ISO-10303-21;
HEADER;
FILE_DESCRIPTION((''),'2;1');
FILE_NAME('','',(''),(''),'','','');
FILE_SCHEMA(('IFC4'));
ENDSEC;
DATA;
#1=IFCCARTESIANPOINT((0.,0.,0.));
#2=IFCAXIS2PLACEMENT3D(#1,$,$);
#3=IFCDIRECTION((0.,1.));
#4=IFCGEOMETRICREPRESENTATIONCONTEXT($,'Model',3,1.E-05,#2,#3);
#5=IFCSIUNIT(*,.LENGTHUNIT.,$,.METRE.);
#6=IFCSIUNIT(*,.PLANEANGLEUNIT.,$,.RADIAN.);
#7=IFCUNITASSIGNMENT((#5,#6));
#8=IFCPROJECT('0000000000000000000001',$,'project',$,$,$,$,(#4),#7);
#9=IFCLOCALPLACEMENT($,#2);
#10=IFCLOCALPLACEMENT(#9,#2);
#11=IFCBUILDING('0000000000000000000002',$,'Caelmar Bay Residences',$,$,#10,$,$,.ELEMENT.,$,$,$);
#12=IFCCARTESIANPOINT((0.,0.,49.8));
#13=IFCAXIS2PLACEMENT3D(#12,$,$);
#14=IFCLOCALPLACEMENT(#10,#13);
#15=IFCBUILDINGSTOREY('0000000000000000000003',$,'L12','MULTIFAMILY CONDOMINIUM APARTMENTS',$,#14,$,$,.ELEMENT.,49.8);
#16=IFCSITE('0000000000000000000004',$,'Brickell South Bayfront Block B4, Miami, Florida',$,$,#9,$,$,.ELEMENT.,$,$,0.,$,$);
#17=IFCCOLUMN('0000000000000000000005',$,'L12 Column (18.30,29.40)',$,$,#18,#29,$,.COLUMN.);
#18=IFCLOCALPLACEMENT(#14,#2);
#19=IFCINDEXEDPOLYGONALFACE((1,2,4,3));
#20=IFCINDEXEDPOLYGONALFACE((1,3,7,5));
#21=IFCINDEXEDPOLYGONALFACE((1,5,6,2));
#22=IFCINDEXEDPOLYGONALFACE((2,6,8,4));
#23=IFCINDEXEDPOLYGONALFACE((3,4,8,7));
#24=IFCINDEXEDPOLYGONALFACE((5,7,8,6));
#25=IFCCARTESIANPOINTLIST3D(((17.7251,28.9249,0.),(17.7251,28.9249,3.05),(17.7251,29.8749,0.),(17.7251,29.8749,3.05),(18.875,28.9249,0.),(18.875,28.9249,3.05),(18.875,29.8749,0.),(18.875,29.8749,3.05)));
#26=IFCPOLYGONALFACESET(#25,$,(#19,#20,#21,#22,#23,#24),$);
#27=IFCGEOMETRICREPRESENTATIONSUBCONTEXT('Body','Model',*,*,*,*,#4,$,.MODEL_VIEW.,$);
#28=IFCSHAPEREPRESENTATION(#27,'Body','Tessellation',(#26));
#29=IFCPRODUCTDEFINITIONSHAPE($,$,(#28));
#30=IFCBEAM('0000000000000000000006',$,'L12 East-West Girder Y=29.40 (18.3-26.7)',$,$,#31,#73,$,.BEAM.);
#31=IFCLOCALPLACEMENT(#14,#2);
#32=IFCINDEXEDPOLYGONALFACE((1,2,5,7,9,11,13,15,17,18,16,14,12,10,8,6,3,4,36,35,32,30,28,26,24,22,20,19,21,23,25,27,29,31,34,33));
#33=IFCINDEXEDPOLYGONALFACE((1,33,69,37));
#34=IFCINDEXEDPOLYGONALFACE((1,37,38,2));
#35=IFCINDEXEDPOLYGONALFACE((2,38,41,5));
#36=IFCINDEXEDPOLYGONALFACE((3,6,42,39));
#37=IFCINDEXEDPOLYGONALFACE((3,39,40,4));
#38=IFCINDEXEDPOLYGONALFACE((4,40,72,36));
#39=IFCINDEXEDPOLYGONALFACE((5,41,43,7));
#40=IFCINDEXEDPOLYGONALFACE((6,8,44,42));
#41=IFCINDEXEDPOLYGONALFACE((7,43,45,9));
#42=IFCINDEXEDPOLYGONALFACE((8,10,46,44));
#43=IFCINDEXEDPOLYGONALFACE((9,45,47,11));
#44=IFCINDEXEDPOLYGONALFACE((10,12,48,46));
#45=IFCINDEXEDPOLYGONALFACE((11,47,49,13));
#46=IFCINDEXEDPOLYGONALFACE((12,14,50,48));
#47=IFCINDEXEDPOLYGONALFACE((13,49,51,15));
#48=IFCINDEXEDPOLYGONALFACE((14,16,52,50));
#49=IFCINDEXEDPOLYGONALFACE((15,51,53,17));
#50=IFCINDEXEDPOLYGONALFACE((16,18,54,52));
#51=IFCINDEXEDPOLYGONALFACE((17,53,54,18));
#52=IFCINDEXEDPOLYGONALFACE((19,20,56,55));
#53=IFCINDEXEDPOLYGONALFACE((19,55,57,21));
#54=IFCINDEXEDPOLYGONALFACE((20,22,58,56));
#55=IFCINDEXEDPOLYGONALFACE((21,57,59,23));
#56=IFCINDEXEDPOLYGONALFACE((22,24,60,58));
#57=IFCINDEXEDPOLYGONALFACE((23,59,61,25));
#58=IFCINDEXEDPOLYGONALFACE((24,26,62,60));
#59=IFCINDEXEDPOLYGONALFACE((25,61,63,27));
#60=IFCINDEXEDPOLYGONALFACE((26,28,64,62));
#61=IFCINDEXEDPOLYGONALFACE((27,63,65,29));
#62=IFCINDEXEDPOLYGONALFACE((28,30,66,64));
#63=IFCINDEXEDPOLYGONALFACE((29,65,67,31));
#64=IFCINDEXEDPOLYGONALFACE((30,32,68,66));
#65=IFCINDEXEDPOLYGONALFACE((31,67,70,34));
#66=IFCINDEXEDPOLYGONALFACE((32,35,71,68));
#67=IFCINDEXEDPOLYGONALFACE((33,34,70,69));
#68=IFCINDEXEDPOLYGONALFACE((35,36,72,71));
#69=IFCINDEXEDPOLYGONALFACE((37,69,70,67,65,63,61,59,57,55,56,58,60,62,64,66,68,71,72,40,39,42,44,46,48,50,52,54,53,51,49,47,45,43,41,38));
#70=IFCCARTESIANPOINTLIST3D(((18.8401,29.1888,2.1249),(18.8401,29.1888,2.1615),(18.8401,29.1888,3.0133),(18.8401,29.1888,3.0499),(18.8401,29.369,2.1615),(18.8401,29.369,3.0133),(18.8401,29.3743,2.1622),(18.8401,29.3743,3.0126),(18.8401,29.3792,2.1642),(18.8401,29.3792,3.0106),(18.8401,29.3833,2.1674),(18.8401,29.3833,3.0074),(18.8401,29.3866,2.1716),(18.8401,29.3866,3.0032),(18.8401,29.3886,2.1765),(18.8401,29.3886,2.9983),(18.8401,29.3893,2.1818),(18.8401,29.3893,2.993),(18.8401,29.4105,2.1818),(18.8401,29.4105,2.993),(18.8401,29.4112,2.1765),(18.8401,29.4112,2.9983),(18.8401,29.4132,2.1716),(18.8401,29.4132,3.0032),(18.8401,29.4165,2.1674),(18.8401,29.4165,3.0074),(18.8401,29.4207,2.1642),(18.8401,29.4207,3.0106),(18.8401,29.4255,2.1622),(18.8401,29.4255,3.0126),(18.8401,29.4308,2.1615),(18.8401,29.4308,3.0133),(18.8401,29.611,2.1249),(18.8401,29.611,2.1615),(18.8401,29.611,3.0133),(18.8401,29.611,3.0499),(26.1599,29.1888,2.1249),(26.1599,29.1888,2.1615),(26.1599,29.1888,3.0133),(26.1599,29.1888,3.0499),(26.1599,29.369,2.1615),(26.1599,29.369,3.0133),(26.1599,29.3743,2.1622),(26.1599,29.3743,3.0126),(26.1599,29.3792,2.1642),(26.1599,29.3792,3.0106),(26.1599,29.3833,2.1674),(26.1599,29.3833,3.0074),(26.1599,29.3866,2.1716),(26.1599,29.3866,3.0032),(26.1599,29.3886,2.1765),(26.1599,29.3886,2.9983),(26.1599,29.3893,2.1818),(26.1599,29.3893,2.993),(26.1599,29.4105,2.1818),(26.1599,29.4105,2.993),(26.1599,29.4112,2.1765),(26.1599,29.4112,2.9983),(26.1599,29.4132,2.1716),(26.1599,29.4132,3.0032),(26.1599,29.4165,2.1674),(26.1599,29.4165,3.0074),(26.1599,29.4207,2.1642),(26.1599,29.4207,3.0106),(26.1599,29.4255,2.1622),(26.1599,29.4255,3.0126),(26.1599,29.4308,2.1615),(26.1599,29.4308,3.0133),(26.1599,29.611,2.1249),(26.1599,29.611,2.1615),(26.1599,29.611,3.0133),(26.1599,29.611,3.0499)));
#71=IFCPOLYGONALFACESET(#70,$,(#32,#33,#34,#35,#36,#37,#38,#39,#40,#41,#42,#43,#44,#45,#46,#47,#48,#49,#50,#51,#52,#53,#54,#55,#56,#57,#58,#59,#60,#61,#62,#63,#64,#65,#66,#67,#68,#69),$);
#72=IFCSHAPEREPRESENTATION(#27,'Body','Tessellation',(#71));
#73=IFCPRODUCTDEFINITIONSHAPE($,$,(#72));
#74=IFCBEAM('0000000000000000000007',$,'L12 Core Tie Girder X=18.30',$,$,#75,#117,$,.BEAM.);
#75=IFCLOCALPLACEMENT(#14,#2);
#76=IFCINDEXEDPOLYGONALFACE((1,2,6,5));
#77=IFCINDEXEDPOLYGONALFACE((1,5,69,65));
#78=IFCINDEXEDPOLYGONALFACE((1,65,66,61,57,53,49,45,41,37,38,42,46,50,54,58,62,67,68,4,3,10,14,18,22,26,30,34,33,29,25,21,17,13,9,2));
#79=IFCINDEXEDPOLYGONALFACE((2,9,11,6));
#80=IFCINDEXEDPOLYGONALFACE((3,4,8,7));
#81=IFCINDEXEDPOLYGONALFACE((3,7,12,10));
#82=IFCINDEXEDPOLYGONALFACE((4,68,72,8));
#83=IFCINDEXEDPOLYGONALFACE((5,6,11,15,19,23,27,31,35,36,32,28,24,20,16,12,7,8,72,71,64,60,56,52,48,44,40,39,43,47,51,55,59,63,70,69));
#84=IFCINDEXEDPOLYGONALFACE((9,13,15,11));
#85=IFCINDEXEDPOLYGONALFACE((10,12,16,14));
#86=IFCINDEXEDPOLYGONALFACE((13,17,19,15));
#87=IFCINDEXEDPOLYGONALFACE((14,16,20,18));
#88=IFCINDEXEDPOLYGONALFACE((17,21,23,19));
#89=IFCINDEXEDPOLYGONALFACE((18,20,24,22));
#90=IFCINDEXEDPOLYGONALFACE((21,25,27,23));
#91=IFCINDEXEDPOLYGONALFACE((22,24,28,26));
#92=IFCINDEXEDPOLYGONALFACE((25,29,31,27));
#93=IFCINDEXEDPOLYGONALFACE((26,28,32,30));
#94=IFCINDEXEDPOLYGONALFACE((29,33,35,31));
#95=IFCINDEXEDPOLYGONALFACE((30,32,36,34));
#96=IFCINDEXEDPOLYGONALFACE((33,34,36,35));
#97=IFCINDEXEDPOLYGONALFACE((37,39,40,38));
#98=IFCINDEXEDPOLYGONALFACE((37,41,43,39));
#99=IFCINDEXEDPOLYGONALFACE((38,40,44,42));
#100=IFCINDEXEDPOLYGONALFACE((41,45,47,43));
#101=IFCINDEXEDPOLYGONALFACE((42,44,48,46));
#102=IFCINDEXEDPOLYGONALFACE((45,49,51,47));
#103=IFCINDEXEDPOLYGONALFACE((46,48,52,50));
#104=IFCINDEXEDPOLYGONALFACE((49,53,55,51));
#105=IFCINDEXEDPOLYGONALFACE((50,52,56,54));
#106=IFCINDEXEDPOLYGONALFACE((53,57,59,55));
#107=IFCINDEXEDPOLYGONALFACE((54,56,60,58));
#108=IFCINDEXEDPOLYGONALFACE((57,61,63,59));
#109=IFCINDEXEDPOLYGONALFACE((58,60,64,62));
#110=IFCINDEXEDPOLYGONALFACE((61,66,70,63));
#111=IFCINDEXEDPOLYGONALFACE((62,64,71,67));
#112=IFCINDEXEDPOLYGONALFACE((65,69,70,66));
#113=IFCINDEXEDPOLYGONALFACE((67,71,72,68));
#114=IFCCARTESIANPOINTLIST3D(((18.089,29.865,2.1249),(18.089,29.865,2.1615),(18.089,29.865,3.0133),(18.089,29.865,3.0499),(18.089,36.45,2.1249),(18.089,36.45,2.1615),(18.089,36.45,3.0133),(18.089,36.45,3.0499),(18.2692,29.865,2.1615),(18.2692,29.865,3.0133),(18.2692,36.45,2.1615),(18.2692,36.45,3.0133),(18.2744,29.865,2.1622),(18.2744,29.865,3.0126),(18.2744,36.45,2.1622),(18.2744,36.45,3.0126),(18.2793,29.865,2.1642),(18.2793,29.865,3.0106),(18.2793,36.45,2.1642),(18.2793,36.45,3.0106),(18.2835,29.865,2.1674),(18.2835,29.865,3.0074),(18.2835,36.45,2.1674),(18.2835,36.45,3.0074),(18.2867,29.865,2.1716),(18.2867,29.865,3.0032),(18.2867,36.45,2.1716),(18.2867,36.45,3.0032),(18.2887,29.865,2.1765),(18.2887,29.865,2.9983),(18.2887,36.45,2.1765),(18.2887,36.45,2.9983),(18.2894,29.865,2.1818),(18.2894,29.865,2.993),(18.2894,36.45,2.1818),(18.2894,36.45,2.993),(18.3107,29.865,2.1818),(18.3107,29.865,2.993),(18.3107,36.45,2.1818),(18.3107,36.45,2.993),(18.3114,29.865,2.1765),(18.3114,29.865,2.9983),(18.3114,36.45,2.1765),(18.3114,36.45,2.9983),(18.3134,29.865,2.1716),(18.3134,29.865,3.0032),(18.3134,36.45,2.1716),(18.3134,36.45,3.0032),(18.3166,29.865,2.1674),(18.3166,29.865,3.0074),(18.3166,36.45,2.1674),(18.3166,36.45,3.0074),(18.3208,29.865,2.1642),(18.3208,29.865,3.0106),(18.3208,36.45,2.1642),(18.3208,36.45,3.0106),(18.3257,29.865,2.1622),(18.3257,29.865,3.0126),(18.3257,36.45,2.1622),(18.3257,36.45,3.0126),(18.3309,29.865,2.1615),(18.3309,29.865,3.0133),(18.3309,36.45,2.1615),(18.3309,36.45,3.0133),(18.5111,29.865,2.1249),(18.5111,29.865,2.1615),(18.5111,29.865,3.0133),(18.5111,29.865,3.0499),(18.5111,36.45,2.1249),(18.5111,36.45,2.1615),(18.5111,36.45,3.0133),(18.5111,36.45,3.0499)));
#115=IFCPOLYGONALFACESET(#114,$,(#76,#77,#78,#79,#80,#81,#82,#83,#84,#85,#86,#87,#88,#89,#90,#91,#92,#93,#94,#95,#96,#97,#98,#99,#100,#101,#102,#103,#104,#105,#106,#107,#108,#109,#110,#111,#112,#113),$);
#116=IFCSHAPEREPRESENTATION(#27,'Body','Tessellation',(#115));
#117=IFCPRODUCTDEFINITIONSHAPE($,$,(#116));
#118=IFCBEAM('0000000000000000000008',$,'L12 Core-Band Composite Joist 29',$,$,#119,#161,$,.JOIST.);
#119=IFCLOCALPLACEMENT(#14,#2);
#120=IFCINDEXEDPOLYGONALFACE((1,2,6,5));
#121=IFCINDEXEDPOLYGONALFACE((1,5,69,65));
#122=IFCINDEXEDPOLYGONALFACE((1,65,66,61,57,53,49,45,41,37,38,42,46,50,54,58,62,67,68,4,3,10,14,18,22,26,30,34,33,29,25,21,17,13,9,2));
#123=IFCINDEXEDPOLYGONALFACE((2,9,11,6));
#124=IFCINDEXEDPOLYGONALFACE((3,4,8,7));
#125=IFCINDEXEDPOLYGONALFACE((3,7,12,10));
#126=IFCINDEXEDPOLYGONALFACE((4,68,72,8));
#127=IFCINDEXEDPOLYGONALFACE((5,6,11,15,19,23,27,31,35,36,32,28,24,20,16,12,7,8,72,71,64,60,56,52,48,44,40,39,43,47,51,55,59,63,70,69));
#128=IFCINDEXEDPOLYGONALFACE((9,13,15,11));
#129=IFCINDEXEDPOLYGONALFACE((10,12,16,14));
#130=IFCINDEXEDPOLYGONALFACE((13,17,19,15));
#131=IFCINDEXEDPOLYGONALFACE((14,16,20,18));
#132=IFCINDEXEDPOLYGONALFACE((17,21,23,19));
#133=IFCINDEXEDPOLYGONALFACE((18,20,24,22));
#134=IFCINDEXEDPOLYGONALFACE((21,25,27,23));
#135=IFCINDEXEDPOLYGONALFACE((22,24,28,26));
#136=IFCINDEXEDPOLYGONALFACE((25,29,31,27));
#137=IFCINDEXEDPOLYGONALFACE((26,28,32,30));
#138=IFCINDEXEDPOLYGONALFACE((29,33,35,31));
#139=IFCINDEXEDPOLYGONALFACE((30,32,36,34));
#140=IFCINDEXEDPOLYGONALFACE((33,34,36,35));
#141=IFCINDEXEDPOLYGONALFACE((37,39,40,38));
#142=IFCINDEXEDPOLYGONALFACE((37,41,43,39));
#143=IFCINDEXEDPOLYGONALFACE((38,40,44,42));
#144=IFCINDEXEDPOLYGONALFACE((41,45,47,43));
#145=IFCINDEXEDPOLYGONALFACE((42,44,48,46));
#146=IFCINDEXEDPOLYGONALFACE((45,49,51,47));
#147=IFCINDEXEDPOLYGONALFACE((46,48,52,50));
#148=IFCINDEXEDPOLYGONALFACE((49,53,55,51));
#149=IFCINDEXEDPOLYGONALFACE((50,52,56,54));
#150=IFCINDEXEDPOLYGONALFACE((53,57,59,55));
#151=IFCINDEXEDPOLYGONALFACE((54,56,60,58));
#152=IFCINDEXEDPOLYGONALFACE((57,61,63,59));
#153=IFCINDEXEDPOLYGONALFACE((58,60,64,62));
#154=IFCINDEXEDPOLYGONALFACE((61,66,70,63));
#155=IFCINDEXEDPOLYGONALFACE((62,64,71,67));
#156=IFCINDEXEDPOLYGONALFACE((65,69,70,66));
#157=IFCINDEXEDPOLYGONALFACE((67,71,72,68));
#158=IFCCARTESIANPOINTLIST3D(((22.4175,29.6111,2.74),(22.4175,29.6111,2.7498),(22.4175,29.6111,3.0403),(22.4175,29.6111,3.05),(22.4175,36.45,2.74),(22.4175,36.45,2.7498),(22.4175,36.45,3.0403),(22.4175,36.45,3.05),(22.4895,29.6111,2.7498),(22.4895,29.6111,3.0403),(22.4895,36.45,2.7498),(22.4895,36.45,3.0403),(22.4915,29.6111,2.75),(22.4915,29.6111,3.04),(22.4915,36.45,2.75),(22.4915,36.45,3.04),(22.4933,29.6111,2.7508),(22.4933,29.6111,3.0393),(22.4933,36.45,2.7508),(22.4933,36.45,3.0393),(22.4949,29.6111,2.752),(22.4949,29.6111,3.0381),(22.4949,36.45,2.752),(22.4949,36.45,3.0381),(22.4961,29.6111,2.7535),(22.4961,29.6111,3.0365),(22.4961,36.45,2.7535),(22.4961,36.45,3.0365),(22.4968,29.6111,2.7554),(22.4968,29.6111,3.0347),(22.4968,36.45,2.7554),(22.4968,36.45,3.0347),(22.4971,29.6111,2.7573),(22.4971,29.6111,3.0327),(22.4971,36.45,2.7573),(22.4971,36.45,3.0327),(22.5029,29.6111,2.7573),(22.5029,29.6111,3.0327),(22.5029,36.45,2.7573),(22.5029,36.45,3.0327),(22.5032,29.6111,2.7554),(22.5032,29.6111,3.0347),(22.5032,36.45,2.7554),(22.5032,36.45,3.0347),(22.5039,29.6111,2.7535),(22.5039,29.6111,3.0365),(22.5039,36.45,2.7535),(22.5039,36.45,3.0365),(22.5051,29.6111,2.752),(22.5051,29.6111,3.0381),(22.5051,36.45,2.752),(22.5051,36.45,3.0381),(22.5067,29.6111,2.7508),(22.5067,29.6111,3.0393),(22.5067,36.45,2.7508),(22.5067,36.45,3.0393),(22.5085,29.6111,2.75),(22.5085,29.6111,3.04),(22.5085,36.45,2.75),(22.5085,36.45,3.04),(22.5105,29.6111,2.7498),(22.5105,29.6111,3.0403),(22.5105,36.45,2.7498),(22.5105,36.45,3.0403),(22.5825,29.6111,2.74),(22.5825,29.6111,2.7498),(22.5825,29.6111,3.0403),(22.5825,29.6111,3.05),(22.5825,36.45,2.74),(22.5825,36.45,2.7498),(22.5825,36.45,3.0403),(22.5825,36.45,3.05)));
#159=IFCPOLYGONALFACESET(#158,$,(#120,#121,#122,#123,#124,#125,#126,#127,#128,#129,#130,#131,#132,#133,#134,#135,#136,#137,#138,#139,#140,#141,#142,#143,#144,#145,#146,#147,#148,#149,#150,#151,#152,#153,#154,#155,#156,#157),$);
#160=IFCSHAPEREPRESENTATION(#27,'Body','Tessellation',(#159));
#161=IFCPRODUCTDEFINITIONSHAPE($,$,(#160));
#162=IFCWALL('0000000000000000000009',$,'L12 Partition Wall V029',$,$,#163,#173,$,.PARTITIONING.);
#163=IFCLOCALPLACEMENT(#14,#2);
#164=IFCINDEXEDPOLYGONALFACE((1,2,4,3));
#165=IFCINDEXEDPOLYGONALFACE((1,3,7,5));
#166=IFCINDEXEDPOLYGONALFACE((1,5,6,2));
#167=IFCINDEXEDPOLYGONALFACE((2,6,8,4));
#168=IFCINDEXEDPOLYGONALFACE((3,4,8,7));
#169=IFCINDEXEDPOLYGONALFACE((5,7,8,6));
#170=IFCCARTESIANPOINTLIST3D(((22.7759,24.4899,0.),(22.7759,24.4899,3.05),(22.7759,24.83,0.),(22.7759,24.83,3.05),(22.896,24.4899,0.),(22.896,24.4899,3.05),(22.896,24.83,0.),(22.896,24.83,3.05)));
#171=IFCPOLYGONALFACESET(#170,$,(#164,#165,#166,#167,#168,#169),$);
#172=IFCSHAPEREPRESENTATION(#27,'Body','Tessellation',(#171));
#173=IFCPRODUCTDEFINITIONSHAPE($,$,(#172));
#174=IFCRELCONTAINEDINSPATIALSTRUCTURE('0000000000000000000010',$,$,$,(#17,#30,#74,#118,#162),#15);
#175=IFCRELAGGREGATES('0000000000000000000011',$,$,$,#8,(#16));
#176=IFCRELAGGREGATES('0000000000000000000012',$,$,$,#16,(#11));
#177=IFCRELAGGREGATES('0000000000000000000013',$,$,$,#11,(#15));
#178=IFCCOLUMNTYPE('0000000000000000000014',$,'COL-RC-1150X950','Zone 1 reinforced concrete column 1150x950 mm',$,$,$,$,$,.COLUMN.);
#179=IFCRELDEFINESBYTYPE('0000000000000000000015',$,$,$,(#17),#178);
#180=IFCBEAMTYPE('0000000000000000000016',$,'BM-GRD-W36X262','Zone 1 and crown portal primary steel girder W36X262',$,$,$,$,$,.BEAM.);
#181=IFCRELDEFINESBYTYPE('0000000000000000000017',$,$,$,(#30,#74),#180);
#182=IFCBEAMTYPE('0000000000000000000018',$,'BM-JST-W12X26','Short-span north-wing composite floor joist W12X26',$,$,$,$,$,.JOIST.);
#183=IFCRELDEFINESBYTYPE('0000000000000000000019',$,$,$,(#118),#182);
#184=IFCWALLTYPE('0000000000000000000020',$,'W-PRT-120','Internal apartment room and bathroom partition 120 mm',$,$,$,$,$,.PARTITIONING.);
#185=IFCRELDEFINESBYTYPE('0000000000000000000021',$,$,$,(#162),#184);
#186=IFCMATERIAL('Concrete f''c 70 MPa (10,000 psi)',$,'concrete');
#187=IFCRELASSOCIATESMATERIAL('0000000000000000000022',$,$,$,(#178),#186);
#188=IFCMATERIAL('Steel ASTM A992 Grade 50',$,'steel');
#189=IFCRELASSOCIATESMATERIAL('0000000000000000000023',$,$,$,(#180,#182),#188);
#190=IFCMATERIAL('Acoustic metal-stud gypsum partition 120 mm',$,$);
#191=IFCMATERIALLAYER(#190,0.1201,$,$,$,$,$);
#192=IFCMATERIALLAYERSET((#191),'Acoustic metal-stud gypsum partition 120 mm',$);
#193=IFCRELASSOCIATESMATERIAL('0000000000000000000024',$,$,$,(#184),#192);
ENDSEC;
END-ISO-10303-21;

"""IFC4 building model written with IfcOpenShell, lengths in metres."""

from ifc_helpers import new_model, si_unit, direction, frame, frame_2d, origin, origin_2d, place, context, subcontext, project, spatial, rectangle, i_section, extrude, material, layer, layer_set, material_profile, profile_set, type_object, element, save


model = new_model("IFC4")

# Units and contexts
model_context = context("Model", 3, precision=1e-05, world=origin(), true_north=direction((0.0, 1.0)))
body_context = subcontext(model_context, "Body", "Model", "MODEL_VIEW")
ifc_project = project(units=[si_unit("LENGTHUNIT", "METRE"), si_unit("PLANEANGLEUNIT", "RADIAN")], contexts=[model_context])

# Site, building, storey
site_placement = place(None, origin())
site = spatial("IfcSite", under=ifc_project, at=site_placement, Name="Brickell South Bayfront Block B4, Miami, Florida", CompositionType="ELEMENT", RefElevation=0.0)
building_placement = place(site_placement, origin())
building = spatial("IfcBuilding", under=site, at=building_placement, Name="Caelmar Bay Residences", CompositionType="ELEMENT")
storey_placement = place(building_placement, frame((0.0, 0.0, 49.8)))
storey = spatial("IfcBuildingStorey", under=building, at=storey_placement, Name="L12", Description="MULTIFAMILY CONDOMINIUM APARTMENTS", CompositionType="ELEMENT", Elevation=49.8)

# Column
ifc_material_1 = material(Name="Concrete f'c 70 MPa (10,000 psi)", Category="concrete")
ifc_material_profile_1 = material_profile(ifc_material_1, rectangle(XDim=1.1499, YDim=0.95, at=origin_2d()), Name="RC-COL-1150X950")
ifc_profile_set_1 = profile_set([ifc_material_profile_1], Name="Concrete f'c 70 MPa (10,000 psi)")
column_type = type_object("IfcColumnType", Name="COL-RC-1150X950", Description="Zone 1 reinforced concrete column 1150x950 mm", PredefinedType="COLUMN", material=ifc_profile_set_1)
column_placement = place(storey_placement, frame((18.3, 29.3999, 0.0), z_axis=(0.0, 0.0, 1.0), x_axis=(1.0, 0.0, 0.0)))
element("IfcColumn", 1, at=column_placement, inside=storey, type_object=column_type, Name="L12 Column (18.30,29.40)", PredefinedType="COLUMN", context=body_context, shape_type="SweptSolid", body=[
    extrude(rectangle(XDim=1.1499, YDim=0.95, at=origin_2d()), origin(), (0.0, 0.0, 1.0), 3.05),
])

# Beams
ifc_material_2 = material(Name="Steel ASTM A992 Grade 50", Category="steel")
ifc_material_profile_2 = material_profile(ifc_material_2, i_section(OverallWidth=0.4221, OverallDepth=0.925, WebThickness=0.0212, FlangeThickness=0.0366, FilletRadius=0.0203, at=origin_2d()), Name="W36X262")
ifc_profile_set_2 = profile_set([ifc_material_profile_2], Name="Steel ASTM A992 Grade 50")
beam_type_1 = type_object("IfcBeamType", Name="BM-GRD-W36X262", Description="Zone 1 and crown portal primary steel girder W36X262", PredefinedType="BEAM", material=ifc_profile_set_2)
beam_1_placement = place(storey_placement, frame((18.8401, 29.3999, 2.5874), z_axis=(1.0, 0.0, 0.0), x_axis=(0.0, 1.0, 0.0)))
element("IfcBeam", 2, at=beam_1_placement, inside=storey, type_object=beam_type_1, Name="L12 East-West Girder Y=29.40 (18.3-26.7)", PredefinedType="BEAM", context=body_context, shape_type="SweptSolid", body=[
    extrude(i_section(OverallWidth=0.4221, OverallDepth=0.925, WebThickness=0.0212, FlangeThickness=0.0366, FilletRadius=0.0203, at=origin_2d()), origin(), (0.0, 0.0, 1.0), 7.3198),
])
beam_2_placement = place(storey_placement, frame((18.3, 29.865, 2.5874), z_axis=(0.0, 1.0, 0.0), x_axis=(-1.0, 0.0, 0.0)))
element("IfcBeam", 3, at=beam_2_placement, inside=storey, type_object=beam_type_1, Name="L12 Core Tie Girder X=18.30", PredefinedType="BEAM", context=body_context, shape_type="SweptSolid", body=[
    extrude(i_section(OverallWidth=0.4221, OverallDepth=0.925, WebThickness=0.0212, FlangeThickness=0.0366, FilletRadius=0.0203, at=origin_2d()), origin(), (0.0, 0.0, 1.0), 6.585),
])
ifc_material_profile_3 = material_profile(ifc_material_2, i_section(OverallWidth=0.165, OverallDepth=0.3101, WebThickness=0.0059, FlangeThickness=0.0098, FilletRadius=0.0076, at=origin_2d()), Name="W12X26")
ifc_profile_set_3 = profile_set([ifc_material_profile_3], Name="Steel ASTM A992 Grade 50")
beam_type_2 = type_object("IfcBeamType", Name="BM-JST-W12X26", Description="Short-span north-wing composite floor joist W12X26", PredefinedType="JOIST", material=ifc_profile_set_3)
beam_3_placement = place(storey_placement, frame((22.5, 29.6111, 2.895), z_axis=(0.0, 1.0, 0.0), x_axis=(-1.0, 0.0, 0.0)))
element("IfcBeam", 4, at=beam_3_placement, inside=storey, type_object=beam_type_2, Name="L12 Core-Band Composite Joist 29", PredefinedType="JOIST", context=body_context, shape_type="SweptSolid", body=[
    extrude(i_section(OverallWidth=0.165, OverallDepth=0.3101, WebThickness=0.0059, FlangeThickness=0.0098, FilletRadius=0.0076, at=origin_2d()), origin(), (0.0, 0.0, 1.0), 6.8389),
])

# Wall
ifc_material_3 = material(Name="Acoustic metal-stud gypsum partition 120 mm")
ifc_layer_1 = layer(ifc_material_3, 0.1201)
ifc_layer_set_1 = layer_set([ifc_layer_1], Name="Acoustic metal-stud gypsum partition 120 mm")
wall_type_1 = type_object("IfcWallType", Name="W-PRT-120", Description="Internal apartment room and bathroom partition 120 mm", PredefinedType="PARTITIONING", material=ifc_layer_set_1)
wall_1_placement = place(storey_placement, frame((22.8359, 24.49, 0.0), z_axis=(0.0, 0.0, 1.0), x_axis=(0.0, 1.0, 0.0)))
element("IfcWall", 5, at=wall_1_placement, inside=storey, type_object=wall_type_1, Name="L12 Partition Wall V029", PredefinedType="PARTITIONING", context=body_context, shape_type="SweptSolid", body=[
    extrude(rectangle(XDim=0.3401, YDim=0.1201, at=frame_2d((0.1699, 0.0))), origin(), (0.0, 0.0, 1.0), 3.05),
])

save(model, "model.ifc")
